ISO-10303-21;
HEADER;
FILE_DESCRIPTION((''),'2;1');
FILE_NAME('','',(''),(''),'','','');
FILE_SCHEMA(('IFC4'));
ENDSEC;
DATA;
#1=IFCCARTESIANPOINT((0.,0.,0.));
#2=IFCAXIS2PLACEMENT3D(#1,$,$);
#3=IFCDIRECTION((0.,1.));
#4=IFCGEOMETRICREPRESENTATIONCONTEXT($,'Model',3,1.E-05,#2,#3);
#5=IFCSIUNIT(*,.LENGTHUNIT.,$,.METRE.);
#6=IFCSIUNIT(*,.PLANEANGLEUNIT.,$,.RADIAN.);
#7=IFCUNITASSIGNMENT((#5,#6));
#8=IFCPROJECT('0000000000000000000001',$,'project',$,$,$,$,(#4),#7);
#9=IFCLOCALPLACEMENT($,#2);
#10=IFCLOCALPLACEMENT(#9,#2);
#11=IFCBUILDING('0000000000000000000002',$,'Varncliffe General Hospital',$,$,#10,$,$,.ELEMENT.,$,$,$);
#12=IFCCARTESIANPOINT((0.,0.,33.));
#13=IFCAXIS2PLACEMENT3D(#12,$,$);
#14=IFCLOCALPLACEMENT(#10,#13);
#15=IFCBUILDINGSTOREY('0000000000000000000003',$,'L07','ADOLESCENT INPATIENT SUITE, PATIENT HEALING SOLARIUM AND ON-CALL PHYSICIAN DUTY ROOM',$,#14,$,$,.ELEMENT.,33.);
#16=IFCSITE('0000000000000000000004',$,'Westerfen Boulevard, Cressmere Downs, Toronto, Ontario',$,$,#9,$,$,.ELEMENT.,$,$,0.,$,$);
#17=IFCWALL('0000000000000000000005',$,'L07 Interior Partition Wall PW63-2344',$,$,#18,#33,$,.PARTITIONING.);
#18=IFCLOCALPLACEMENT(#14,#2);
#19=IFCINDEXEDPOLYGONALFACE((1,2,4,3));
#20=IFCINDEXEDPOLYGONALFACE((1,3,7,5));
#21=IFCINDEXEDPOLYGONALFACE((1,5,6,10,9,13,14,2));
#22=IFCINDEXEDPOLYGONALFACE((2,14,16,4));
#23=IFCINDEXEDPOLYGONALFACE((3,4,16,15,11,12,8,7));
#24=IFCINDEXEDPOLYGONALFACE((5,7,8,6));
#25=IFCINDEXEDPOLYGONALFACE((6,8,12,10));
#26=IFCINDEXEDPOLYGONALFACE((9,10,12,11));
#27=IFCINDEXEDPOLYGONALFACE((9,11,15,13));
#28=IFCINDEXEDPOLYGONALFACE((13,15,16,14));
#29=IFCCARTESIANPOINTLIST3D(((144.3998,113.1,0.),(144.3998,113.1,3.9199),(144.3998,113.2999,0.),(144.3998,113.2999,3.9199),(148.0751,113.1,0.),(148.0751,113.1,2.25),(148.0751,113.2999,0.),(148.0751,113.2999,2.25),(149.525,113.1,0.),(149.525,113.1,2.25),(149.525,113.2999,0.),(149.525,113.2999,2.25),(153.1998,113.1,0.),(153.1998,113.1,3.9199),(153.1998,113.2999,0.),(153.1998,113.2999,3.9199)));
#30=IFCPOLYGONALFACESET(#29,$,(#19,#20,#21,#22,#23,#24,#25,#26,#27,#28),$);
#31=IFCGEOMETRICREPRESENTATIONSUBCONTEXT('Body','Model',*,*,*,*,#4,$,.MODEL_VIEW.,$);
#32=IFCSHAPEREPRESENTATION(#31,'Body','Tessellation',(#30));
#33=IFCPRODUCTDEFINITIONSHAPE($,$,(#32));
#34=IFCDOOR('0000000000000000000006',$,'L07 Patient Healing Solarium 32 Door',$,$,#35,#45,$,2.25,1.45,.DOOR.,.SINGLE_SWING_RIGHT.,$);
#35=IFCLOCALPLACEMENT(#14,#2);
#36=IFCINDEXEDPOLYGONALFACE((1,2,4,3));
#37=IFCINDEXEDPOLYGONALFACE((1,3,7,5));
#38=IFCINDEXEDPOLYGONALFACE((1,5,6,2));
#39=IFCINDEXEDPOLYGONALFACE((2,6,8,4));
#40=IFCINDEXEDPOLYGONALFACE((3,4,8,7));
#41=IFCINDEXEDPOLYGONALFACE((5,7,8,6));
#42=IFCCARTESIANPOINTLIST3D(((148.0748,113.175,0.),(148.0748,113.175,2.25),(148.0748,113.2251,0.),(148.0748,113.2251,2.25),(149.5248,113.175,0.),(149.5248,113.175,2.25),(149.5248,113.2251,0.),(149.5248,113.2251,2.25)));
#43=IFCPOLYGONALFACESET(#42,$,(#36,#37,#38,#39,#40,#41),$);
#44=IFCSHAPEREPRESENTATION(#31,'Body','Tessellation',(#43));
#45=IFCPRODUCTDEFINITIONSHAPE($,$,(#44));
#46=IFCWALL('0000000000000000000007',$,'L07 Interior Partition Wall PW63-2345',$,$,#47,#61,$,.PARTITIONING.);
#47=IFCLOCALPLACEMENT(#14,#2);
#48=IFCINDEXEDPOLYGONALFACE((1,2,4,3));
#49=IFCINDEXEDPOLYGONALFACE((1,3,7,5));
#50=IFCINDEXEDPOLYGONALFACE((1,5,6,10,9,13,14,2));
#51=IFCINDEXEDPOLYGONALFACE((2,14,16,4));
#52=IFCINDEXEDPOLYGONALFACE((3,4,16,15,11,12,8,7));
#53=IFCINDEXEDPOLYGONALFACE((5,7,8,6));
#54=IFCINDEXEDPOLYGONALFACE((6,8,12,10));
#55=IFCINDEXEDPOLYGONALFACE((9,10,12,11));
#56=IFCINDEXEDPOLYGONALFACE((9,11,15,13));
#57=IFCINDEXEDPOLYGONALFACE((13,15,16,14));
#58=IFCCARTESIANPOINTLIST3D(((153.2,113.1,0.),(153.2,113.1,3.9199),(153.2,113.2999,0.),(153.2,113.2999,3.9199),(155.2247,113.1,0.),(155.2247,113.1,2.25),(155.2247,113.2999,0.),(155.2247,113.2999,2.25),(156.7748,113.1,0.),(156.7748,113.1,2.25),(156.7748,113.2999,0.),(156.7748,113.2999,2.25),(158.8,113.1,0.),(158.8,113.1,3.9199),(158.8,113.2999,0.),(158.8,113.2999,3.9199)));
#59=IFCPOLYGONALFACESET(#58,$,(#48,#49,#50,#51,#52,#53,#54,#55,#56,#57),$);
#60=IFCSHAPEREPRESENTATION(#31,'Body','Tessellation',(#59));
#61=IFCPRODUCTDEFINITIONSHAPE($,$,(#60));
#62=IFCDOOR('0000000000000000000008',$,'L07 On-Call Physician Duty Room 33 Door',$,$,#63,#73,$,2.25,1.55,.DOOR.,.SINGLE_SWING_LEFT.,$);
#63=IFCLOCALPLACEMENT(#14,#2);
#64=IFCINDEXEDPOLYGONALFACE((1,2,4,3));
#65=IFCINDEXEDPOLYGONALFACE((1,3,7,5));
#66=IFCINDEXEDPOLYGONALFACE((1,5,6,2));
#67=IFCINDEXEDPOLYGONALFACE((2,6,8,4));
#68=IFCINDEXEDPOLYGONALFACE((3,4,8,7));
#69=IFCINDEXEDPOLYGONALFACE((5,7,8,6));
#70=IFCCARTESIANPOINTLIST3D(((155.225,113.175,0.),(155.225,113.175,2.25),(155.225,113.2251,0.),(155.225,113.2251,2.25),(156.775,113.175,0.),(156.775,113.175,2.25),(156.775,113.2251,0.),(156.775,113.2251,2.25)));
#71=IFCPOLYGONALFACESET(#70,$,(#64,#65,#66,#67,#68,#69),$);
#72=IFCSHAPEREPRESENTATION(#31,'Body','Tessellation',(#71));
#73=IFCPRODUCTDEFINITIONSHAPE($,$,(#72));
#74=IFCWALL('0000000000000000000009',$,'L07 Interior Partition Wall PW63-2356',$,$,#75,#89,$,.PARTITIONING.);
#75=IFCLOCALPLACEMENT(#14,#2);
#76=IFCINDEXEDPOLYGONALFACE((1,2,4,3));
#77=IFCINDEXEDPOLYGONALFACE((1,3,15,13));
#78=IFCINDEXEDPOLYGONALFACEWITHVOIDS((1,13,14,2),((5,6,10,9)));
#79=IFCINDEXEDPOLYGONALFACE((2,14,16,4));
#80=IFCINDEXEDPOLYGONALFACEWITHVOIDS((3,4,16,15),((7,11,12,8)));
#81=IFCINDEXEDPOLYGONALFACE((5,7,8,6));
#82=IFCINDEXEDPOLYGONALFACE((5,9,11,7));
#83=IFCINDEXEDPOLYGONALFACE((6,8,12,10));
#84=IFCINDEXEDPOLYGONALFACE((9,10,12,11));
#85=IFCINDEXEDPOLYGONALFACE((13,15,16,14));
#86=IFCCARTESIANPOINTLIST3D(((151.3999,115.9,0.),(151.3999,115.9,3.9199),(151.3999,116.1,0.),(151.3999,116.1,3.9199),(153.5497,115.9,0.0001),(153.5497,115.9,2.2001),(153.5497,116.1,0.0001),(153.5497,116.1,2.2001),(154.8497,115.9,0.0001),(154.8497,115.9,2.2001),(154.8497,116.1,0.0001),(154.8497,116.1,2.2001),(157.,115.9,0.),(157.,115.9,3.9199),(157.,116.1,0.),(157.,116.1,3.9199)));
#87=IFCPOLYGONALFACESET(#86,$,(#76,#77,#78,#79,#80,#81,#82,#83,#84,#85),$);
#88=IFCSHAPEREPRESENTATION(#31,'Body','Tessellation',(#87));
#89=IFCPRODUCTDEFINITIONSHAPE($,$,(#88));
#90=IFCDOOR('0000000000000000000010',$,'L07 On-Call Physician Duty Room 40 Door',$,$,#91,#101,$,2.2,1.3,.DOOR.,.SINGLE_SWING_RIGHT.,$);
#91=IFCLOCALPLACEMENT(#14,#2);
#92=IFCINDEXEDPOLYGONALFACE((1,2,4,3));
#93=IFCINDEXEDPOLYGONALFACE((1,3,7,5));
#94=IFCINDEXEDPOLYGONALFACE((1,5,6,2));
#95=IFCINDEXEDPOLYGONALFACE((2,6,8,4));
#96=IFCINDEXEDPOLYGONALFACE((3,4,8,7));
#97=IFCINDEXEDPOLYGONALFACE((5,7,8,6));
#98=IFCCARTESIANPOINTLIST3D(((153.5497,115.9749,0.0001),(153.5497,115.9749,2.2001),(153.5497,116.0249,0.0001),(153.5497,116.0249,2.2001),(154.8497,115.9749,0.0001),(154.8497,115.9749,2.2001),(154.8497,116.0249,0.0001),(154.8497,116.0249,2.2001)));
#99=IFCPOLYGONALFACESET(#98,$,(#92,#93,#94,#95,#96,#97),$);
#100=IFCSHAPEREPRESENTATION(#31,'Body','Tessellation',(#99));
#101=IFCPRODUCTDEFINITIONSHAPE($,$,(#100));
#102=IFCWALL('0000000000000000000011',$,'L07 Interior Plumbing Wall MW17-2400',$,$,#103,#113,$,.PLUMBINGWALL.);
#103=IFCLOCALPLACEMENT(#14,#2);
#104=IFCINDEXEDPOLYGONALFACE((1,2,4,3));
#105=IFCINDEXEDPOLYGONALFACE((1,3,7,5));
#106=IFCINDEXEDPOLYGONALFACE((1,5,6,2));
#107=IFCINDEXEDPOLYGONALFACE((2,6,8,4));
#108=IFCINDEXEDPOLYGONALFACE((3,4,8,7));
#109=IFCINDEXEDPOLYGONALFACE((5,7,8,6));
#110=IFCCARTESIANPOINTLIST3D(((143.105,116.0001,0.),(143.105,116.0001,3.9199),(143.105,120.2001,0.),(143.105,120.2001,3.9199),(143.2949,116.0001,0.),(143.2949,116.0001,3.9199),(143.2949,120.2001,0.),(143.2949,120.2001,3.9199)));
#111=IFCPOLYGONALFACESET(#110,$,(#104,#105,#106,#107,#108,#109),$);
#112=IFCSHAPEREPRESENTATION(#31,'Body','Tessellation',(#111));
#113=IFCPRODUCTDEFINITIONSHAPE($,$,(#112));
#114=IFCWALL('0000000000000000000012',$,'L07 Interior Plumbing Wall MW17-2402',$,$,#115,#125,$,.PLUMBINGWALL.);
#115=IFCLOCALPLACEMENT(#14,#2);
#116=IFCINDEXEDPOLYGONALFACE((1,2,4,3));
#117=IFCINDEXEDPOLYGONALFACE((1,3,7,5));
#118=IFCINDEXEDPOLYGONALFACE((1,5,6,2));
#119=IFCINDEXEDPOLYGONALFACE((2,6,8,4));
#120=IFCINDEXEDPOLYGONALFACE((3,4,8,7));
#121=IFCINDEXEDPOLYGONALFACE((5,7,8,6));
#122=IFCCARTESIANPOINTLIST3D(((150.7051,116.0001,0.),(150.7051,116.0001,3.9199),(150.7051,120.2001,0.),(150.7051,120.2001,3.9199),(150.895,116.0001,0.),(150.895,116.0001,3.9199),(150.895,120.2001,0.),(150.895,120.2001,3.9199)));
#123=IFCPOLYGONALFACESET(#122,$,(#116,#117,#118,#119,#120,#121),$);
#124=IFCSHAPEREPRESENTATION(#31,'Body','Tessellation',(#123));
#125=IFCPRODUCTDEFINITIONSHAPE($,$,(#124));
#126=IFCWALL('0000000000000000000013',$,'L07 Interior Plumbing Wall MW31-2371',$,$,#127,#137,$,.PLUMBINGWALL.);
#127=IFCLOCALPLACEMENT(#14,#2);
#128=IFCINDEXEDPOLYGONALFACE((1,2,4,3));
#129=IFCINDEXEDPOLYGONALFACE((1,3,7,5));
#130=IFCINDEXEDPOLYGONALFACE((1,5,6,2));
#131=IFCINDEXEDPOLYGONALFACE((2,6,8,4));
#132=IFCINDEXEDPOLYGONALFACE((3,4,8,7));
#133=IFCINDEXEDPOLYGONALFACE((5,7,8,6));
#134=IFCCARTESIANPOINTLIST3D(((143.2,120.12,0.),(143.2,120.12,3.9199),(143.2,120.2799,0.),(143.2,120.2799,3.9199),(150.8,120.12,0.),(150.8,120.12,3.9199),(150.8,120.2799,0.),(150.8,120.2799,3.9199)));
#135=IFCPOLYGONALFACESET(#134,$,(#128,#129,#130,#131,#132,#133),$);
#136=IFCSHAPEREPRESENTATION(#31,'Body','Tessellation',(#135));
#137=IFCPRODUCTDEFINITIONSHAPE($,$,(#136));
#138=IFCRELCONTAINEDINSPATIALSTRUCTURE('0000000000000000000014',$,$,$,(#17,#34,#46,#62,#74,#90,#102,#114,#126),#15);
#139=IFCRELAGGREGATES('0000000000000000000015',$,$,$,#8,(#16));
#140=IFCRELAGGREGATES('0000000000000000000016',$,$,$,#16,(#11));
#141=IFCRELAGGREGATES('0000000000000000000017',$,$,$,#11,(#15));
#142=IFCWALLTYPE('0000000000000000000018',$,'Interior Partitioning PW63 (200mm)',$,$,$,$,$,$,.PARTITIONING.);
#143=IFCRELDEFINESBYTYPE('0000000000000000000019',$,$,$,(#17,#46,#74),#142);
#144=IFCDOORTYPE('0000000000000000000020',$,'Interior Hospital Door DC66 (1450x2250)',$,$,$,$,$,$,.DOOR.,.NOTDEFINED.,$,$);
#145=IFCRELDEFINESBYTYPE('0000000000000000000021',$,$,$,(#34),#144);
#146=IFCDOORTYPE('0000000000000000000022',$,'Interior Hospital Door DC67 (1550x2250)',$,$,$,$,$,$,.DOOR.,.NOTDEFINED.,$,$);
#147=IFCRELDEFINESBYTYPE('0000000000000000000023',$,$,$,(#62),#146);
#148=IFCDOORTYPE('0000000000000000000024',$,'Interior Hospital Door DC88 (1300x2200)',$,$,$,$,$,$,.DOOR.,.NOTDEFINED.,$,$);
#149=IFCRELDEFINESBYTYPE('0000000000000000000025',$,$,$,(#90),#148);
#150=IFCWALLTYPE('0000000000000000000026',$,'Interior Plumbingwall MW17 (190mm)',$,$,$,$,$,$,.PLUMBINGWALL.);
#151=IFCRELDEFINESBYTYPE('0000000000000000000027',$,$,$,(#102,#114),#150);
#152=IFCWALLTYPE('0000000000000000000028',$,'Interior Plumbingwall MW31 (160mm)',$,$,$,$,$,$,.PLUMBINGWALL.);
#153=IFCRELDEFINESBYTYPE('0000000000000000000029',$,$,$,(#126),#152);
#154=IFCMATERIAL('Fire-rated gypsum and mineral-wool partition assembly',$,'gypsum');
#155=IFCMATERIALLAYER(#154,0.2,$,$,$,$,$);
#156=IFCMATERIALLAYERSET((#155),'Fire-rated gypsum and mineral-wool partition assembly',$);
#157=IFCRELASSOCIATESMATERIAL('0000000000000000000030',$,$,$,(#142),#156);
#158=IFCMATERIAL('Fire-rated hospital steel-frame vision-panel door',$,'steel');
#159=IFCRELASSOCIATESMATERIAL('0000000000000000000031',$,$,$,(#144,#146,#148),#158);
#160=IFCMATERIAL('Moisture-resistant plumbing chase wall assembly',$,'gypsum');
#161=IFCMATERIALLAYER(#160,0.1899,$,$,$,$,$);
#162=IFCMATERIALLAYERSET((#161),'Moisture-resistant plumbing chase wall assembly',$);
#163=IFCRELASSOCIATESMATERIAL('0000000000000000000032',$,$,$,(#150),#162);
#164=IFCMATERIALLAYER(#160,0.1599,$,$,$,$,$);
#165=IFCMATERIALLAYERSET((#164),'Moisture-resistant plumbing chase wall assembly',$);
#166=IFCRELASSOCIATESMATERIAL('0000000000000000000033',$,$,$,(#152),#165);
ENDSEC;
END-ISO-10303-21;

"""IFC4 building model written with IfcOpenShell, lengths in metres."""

from ifc_helpers import new_model, si_unit, direction, frame, frame_2d, origin, place, context, subcontext, project, spatial, rectangle, extrude, material, layer, layer_set, type_object, element, fill, save


model = new_model("IFC4")

# Units and contexts
model_context = context("Model", 3, precision=1e-05, world=origin(), true_north=direction((0.0, 1.0)))
body_context = subcontext(model_context, "Body", "Model", "MODEL_VIEW")
ifc_project = project(units=[si_unit("LENGTHUNIT", "METRE"), si_unit("PLANEANGLEUNIT", "RADIAN")], contexts=[model_context])

# Site, building, storey
site_placement = place(None, origin())
site = spatial("IfcSite", under=ifc_project, at=site_placement, Name="Westerfen Boulevard, Cressmere Downs, Toronto, Ontario", CompositionType="ELEMENT", RefElevation=0.0)
building_placement = place(site_placement, origin())
building = spatial("IfcBuilding", under=site, at=building_placement, Name="Varncliffe General Hospital", CompositionType="ELEMENT")
storey_placement = place(building_placement, frame((0.0, 0.0, 33.0)))
storey = spatial("IfcBuildingStorey", under=building, at=storey_placement, Name="L07", Description="ADOLESCENT INPATIENT SUITE, PATIENT HEALING SOLARIUM AND ON-CALL PHYSICIAN DUTY ROOM", CompositionType="ELEMENT", Elevation=33.0)

# Shared definitions
ifc_material_1 = material(Name="Fire-rated gypsum and mineral-wool partition assembly", Category="gypsum")
ifc_material_2 = material(Name="Fire-rated hospital steel-frame vision-panel door", Category="steel")

# Walls, openings, doors
ifc_layer_1 = layer(ifc_material_1, 0.2)
ifc_layer_set_1 = layer_set([ifc_layer_1], Name="Fire-rated gypsum and mineral-wool partition assembly")
wall_type_1 = type_object("IfcWallType", Name="Interior Partitioning PW63 (200mm)", PredefinedType="PARTITIONING", material=ifc_layer_set_1)
wall_1_placement = place(storey_placement, frame((144.3999, 113.2, 0.0), z_axis=(0.0, 0.0, 1.0), x_axis=(1.0, 0.0, 0.0)))
wall_1 = element("IfcWall", 1, at=wall_1_placement, inside=storey, type_object=wall_type_1, Name="L07 Interior Partition Wall PW63-2344", PredefinedType="PARTITIONING", context=body_context, shape_type="SweptSolid", body=[
    extrude(rectangle(XDim=8.8, YDim=0.2, at=frame_2d((4.3999, 0.0))), origin(), (0.0, 0.0, 1.0), 3.9199),
])
opening_1_placement = place(wall_1_placement, frame((3.675, 0.0, 0.0)))
opening_1 = element("IfcOpeningElement", 2, at=opening_1_placement, cuts=wall_1, PredefinedType="OPENING", context=body_context, shape_type="SweptSolid", body=[
    extrude(rectangle(XDim=1.45, YDim=2.25, at=frame_2d((0.7251, 1.125))), frame((0.0, 0.1099, 0.0), z_axis=(0.0, -1.0, 0.0), x_axis=(1.0, 0.0, 0.0)), (0.0, 0.0, 1.0), 0.22),
])
door_type_1 = type_object("IfcDoorType", Name="Interior Hospital Door DC66 (1450x2250)", OperationType="NOTDEFINED", PredefinedType="DOOR", material=ifc_material_2)
door_1_placement = place(opening_1_placement, frame((1.45, 0.0, 0.0), z_axis=(0.0, 0.0, 1.0), x_axis=(-1.0, 0.0, 0.0)))
door_1 = element("IfcDoor", 3, at=door_1_placement, inside=storey, type_object=door_type_1, Name="L07 Patient Healing Solarium 32 Door", OperationType="SINGLE_SWING_RIGHT", OverallHeight=2.25, OverallWidth=1.45, PredefinedType="DOOR", context=body_context, shape_type="SweptSolid", body=[
    extrude(rectangle(XDim=1.45, YDim=2.25, at=frame_2d((0.7251, 1.125))), frame((0.0, 0.0249, 0.0), z_axis=(0.0, -1.0, 0.0), x_axis=(1.0, 0.0, 0.0)), (0.0, 0.0, 1.0), 0.05),
])
fill(opening_1, door_1)
wall_2_placement = place(storey_placement, frame((153.2, 113.2, 0.0), z_axis=(0.0, 0.0, 1.0), x_axis=(1.0, 0.0, 0.0)))
wall_2 = element("IfcWall", 4, at=wall_2_placement, inside=storey, type_object=wall_type_1, Name="L07 Interior Partition Wall PW63-2345", PredefinedType="PARTITIONING", context=body_context, shape_type="SweptSolid", body=[
    extrude(rectangle(XDim=5.6001, YDim=0.2, at=frame_2d((2.8, 0.0))), origin(), (0.0, 0.0, 1.0), 3.9199),
])
opening_2_placement = place(wall_2_placement, frame((2.0249, 0.0, 0.0)))
opening_2 = element("IfcOpeningElement", 5, at=opening_2_placement, cuts=wall_2, PredefinedType="OPENING", context=body_context, shape_type="SweptSolid", body=[
    extrude(rectangle(XDim=1.55, YDim=2.25, at=frame_2d((0.7749, 1.125))), frame((0.0, 0.1099, 0.0), z_axis=(0.0, -1.0, 0.0), x_axis=(1.0, 0.0, 0.0)), (0.0, 0.0, 1.0), 0.22),
])
door_type_2 = type_object("IfcDoorType", Name="Interior Hospital Door DC67 (1550x2250)", OperationType="NOTDEFINED", PredefinedType="DOOR", material=ifc_material_2)
door_2_placement = place(opening_2_placement, frame((1.55, 0.0, 0.0), z_axis=(0.0, 0.0, 1.0), x_axis=(-1.0, 0.0, 0.0)))
door_2 = element("IfcDoor", 6, at=door_2_placement, inside=storey, type_object=door_type_2, Name="L07 On-Call Physician Duty Room 33 Door", OperationType="SINGLE_SWING_LEFT", OverallHeight=2.25, OverallWidth=1.55, PredefinedType="DOOR", context=body_context, shape_type="SweptSolid", body=[
    extrude(rectangle(XDim=1.55, YDim=2.25, at=frame_2d((0.7749, 1.125))), frame((0.0, 0.0249, 0.0), z_axis=(0.0, -1.0, 0.0), x_axis=(1.0, 0.0, 0.0)), (0.0, 0.0, 1.0), 0.05),
])
fill(opening_2, door_2)
wall_3_placement = place(storey_placement, frame((151.3999, 116.0, 0.0), z_axis=(0.0, 0.0, 1.0), x_axis=(1.0, 0.0, 0.0)))
wall_3 = element("IfcWall", 7, at=wall_3_placement, inside=storey, type_object=wall_type_1, Name="L07 Interior Partition Wall PW63-2356", PredefinedType="PARTITIONING", context=body_context, shape_type="SweptSolid", body=[
    extrude(rectangle(XDim=5.6001, YDim=0.2, at=frame_2d((2.8, 0.0))), origin(), (0.0, 0.0, 1.0), 3.9199),
])
opening_3_placement = place(wall_3_placement, frame((2.1499, 0.0, 0.0)))
opening_3 = element("IfcOpeningElement", 8, at=opening_3_placement, cuts=wall_3, PredefinedType="OPENING", context=body_context, shape_type="SweptSolid", body=[
    extrude(rectangle(XDim=1.3, YDim=2.2, at=frame_2d((0.6499, 1.1001))), frame((0.0, 0.1099, 0.0), z_axis=(0.0, -1.0, 0.0), x_axis=(1.0, 0.0, 0.0)), (0.0, 0.0, 1.0), 0.22),
])
door_type_3 = type_object("IfcDoorType", Name="Interior Hospital Door DC88 (1300x2200)", OperationType="NOTDEFINED", PredefinedType="DOOR", material=ifc_material_2)
door_3_placement = place(opening_3_placement, origin())
door_3 = element("IfcDoor", 9, at=door_3_placement, inside=storey, type_object=door_type_3, Name="L07 On-Call Physician Duty Room 40 Door", OperationType="SINGLE_SWING_RIGHT", OverallHeight=2.2, OverallWidth=1.3, PredefinedType="DOOR", context=body_context, shape_type="SweptSolid", body=[
    extrude(rectangle(XDim=1.3, YDim=2.2, at=frame_2d((0.6499, 1.1001))), frame((0.0, 0.0249, 0.0), z_axis=(0.0, -1.0, 0.0), x_axis=(1.0, 0.0, 0.0)), (0.0, 0.0, 1.0), 0.05),
])
fill(opening_3, door_3)

# Walls
ifc_material_3 = material(Name="Moisture-resistant plumbing chase wall assembly", Category="gypsum")
ifc_layer_2 = layer(ifc_material_3, 0.1899)
ifc_layer_set_2 = layer_set([ifc_layer_2], Name="Moisture-resistant plumbing chase wall assembly")
wall_type_2 = type_object("IfcWallType", Name="Interior Plumbingwall MW17 (190mm)", PredefinedType="PLUMBINGWALL", material=ifc_layer_set_2)
for number, where, z_axis, x_axis, name in (
    (10, (143.2, 116.0, 0.0), (0.0, 0.0, 1.0), (0.0, 1.0, 0.0), "L07 Interior Plumbing Wall MW17-2400"),
    (11, (150.8, 116.0, 0.0), (0.0, 0.0, 1.0), (0.0, 1.0, 0.0), "L07 Interior Plumbing Wall MW17-2402"),
):
    element("IfcWall", number, at=place(storey_placement, frame(where, z_axis=z_axis, x_axis=x_axis)), inside=storey, type_object=wall_type_2, Name=name, PredefinedType="PLUMBINGWALL", context=body_context, shape_type="SweptSolid", body=[
        extrude(rectangle(XDim=4.2, YDim=0.1899, at=frame_2d((2.1001, 0.0))), origin(), (0.0, 0.0, 1.0), 3.9199),
    ])
ifc_layer_3 = layer(ifc_material_3, 0.1599)
ifc_layer_set_3 = layer_set([ifc_layer_3], Name="Moisture-resistant plumbing chase wall assembly")
wall_type_3 = type_object("IfcWallType", Name="Interior Plumbingwall MW31 (160mm)", PredefinedType="PLUMBINGWALL", material=ifc_layer_set_3)
wall_4_placement = place(storey_placement, frame((143.2, 120.2, 0.0), z_axis=(0.0, 0.0, 1.0), x_axis=(1.0, 0.0, 0.0)))
element("IfcWall", 12, at=wall_4_placement, inside=storey, type_object=wall_type_3, Name="L07 Interior Plumbing Wall MW31-2371", PredefinedType="PLUMBINGWALL", context=body_context, shape_type="SweptSolid", body=[
    extrude(rectangle(XDim=7.6001, YDim=0.1599, at=frame_2d((3.8, 0.0))), origin(), (0.0, 0.0, 1.0), 3.9199),
])

save(model, "model.ifc")
